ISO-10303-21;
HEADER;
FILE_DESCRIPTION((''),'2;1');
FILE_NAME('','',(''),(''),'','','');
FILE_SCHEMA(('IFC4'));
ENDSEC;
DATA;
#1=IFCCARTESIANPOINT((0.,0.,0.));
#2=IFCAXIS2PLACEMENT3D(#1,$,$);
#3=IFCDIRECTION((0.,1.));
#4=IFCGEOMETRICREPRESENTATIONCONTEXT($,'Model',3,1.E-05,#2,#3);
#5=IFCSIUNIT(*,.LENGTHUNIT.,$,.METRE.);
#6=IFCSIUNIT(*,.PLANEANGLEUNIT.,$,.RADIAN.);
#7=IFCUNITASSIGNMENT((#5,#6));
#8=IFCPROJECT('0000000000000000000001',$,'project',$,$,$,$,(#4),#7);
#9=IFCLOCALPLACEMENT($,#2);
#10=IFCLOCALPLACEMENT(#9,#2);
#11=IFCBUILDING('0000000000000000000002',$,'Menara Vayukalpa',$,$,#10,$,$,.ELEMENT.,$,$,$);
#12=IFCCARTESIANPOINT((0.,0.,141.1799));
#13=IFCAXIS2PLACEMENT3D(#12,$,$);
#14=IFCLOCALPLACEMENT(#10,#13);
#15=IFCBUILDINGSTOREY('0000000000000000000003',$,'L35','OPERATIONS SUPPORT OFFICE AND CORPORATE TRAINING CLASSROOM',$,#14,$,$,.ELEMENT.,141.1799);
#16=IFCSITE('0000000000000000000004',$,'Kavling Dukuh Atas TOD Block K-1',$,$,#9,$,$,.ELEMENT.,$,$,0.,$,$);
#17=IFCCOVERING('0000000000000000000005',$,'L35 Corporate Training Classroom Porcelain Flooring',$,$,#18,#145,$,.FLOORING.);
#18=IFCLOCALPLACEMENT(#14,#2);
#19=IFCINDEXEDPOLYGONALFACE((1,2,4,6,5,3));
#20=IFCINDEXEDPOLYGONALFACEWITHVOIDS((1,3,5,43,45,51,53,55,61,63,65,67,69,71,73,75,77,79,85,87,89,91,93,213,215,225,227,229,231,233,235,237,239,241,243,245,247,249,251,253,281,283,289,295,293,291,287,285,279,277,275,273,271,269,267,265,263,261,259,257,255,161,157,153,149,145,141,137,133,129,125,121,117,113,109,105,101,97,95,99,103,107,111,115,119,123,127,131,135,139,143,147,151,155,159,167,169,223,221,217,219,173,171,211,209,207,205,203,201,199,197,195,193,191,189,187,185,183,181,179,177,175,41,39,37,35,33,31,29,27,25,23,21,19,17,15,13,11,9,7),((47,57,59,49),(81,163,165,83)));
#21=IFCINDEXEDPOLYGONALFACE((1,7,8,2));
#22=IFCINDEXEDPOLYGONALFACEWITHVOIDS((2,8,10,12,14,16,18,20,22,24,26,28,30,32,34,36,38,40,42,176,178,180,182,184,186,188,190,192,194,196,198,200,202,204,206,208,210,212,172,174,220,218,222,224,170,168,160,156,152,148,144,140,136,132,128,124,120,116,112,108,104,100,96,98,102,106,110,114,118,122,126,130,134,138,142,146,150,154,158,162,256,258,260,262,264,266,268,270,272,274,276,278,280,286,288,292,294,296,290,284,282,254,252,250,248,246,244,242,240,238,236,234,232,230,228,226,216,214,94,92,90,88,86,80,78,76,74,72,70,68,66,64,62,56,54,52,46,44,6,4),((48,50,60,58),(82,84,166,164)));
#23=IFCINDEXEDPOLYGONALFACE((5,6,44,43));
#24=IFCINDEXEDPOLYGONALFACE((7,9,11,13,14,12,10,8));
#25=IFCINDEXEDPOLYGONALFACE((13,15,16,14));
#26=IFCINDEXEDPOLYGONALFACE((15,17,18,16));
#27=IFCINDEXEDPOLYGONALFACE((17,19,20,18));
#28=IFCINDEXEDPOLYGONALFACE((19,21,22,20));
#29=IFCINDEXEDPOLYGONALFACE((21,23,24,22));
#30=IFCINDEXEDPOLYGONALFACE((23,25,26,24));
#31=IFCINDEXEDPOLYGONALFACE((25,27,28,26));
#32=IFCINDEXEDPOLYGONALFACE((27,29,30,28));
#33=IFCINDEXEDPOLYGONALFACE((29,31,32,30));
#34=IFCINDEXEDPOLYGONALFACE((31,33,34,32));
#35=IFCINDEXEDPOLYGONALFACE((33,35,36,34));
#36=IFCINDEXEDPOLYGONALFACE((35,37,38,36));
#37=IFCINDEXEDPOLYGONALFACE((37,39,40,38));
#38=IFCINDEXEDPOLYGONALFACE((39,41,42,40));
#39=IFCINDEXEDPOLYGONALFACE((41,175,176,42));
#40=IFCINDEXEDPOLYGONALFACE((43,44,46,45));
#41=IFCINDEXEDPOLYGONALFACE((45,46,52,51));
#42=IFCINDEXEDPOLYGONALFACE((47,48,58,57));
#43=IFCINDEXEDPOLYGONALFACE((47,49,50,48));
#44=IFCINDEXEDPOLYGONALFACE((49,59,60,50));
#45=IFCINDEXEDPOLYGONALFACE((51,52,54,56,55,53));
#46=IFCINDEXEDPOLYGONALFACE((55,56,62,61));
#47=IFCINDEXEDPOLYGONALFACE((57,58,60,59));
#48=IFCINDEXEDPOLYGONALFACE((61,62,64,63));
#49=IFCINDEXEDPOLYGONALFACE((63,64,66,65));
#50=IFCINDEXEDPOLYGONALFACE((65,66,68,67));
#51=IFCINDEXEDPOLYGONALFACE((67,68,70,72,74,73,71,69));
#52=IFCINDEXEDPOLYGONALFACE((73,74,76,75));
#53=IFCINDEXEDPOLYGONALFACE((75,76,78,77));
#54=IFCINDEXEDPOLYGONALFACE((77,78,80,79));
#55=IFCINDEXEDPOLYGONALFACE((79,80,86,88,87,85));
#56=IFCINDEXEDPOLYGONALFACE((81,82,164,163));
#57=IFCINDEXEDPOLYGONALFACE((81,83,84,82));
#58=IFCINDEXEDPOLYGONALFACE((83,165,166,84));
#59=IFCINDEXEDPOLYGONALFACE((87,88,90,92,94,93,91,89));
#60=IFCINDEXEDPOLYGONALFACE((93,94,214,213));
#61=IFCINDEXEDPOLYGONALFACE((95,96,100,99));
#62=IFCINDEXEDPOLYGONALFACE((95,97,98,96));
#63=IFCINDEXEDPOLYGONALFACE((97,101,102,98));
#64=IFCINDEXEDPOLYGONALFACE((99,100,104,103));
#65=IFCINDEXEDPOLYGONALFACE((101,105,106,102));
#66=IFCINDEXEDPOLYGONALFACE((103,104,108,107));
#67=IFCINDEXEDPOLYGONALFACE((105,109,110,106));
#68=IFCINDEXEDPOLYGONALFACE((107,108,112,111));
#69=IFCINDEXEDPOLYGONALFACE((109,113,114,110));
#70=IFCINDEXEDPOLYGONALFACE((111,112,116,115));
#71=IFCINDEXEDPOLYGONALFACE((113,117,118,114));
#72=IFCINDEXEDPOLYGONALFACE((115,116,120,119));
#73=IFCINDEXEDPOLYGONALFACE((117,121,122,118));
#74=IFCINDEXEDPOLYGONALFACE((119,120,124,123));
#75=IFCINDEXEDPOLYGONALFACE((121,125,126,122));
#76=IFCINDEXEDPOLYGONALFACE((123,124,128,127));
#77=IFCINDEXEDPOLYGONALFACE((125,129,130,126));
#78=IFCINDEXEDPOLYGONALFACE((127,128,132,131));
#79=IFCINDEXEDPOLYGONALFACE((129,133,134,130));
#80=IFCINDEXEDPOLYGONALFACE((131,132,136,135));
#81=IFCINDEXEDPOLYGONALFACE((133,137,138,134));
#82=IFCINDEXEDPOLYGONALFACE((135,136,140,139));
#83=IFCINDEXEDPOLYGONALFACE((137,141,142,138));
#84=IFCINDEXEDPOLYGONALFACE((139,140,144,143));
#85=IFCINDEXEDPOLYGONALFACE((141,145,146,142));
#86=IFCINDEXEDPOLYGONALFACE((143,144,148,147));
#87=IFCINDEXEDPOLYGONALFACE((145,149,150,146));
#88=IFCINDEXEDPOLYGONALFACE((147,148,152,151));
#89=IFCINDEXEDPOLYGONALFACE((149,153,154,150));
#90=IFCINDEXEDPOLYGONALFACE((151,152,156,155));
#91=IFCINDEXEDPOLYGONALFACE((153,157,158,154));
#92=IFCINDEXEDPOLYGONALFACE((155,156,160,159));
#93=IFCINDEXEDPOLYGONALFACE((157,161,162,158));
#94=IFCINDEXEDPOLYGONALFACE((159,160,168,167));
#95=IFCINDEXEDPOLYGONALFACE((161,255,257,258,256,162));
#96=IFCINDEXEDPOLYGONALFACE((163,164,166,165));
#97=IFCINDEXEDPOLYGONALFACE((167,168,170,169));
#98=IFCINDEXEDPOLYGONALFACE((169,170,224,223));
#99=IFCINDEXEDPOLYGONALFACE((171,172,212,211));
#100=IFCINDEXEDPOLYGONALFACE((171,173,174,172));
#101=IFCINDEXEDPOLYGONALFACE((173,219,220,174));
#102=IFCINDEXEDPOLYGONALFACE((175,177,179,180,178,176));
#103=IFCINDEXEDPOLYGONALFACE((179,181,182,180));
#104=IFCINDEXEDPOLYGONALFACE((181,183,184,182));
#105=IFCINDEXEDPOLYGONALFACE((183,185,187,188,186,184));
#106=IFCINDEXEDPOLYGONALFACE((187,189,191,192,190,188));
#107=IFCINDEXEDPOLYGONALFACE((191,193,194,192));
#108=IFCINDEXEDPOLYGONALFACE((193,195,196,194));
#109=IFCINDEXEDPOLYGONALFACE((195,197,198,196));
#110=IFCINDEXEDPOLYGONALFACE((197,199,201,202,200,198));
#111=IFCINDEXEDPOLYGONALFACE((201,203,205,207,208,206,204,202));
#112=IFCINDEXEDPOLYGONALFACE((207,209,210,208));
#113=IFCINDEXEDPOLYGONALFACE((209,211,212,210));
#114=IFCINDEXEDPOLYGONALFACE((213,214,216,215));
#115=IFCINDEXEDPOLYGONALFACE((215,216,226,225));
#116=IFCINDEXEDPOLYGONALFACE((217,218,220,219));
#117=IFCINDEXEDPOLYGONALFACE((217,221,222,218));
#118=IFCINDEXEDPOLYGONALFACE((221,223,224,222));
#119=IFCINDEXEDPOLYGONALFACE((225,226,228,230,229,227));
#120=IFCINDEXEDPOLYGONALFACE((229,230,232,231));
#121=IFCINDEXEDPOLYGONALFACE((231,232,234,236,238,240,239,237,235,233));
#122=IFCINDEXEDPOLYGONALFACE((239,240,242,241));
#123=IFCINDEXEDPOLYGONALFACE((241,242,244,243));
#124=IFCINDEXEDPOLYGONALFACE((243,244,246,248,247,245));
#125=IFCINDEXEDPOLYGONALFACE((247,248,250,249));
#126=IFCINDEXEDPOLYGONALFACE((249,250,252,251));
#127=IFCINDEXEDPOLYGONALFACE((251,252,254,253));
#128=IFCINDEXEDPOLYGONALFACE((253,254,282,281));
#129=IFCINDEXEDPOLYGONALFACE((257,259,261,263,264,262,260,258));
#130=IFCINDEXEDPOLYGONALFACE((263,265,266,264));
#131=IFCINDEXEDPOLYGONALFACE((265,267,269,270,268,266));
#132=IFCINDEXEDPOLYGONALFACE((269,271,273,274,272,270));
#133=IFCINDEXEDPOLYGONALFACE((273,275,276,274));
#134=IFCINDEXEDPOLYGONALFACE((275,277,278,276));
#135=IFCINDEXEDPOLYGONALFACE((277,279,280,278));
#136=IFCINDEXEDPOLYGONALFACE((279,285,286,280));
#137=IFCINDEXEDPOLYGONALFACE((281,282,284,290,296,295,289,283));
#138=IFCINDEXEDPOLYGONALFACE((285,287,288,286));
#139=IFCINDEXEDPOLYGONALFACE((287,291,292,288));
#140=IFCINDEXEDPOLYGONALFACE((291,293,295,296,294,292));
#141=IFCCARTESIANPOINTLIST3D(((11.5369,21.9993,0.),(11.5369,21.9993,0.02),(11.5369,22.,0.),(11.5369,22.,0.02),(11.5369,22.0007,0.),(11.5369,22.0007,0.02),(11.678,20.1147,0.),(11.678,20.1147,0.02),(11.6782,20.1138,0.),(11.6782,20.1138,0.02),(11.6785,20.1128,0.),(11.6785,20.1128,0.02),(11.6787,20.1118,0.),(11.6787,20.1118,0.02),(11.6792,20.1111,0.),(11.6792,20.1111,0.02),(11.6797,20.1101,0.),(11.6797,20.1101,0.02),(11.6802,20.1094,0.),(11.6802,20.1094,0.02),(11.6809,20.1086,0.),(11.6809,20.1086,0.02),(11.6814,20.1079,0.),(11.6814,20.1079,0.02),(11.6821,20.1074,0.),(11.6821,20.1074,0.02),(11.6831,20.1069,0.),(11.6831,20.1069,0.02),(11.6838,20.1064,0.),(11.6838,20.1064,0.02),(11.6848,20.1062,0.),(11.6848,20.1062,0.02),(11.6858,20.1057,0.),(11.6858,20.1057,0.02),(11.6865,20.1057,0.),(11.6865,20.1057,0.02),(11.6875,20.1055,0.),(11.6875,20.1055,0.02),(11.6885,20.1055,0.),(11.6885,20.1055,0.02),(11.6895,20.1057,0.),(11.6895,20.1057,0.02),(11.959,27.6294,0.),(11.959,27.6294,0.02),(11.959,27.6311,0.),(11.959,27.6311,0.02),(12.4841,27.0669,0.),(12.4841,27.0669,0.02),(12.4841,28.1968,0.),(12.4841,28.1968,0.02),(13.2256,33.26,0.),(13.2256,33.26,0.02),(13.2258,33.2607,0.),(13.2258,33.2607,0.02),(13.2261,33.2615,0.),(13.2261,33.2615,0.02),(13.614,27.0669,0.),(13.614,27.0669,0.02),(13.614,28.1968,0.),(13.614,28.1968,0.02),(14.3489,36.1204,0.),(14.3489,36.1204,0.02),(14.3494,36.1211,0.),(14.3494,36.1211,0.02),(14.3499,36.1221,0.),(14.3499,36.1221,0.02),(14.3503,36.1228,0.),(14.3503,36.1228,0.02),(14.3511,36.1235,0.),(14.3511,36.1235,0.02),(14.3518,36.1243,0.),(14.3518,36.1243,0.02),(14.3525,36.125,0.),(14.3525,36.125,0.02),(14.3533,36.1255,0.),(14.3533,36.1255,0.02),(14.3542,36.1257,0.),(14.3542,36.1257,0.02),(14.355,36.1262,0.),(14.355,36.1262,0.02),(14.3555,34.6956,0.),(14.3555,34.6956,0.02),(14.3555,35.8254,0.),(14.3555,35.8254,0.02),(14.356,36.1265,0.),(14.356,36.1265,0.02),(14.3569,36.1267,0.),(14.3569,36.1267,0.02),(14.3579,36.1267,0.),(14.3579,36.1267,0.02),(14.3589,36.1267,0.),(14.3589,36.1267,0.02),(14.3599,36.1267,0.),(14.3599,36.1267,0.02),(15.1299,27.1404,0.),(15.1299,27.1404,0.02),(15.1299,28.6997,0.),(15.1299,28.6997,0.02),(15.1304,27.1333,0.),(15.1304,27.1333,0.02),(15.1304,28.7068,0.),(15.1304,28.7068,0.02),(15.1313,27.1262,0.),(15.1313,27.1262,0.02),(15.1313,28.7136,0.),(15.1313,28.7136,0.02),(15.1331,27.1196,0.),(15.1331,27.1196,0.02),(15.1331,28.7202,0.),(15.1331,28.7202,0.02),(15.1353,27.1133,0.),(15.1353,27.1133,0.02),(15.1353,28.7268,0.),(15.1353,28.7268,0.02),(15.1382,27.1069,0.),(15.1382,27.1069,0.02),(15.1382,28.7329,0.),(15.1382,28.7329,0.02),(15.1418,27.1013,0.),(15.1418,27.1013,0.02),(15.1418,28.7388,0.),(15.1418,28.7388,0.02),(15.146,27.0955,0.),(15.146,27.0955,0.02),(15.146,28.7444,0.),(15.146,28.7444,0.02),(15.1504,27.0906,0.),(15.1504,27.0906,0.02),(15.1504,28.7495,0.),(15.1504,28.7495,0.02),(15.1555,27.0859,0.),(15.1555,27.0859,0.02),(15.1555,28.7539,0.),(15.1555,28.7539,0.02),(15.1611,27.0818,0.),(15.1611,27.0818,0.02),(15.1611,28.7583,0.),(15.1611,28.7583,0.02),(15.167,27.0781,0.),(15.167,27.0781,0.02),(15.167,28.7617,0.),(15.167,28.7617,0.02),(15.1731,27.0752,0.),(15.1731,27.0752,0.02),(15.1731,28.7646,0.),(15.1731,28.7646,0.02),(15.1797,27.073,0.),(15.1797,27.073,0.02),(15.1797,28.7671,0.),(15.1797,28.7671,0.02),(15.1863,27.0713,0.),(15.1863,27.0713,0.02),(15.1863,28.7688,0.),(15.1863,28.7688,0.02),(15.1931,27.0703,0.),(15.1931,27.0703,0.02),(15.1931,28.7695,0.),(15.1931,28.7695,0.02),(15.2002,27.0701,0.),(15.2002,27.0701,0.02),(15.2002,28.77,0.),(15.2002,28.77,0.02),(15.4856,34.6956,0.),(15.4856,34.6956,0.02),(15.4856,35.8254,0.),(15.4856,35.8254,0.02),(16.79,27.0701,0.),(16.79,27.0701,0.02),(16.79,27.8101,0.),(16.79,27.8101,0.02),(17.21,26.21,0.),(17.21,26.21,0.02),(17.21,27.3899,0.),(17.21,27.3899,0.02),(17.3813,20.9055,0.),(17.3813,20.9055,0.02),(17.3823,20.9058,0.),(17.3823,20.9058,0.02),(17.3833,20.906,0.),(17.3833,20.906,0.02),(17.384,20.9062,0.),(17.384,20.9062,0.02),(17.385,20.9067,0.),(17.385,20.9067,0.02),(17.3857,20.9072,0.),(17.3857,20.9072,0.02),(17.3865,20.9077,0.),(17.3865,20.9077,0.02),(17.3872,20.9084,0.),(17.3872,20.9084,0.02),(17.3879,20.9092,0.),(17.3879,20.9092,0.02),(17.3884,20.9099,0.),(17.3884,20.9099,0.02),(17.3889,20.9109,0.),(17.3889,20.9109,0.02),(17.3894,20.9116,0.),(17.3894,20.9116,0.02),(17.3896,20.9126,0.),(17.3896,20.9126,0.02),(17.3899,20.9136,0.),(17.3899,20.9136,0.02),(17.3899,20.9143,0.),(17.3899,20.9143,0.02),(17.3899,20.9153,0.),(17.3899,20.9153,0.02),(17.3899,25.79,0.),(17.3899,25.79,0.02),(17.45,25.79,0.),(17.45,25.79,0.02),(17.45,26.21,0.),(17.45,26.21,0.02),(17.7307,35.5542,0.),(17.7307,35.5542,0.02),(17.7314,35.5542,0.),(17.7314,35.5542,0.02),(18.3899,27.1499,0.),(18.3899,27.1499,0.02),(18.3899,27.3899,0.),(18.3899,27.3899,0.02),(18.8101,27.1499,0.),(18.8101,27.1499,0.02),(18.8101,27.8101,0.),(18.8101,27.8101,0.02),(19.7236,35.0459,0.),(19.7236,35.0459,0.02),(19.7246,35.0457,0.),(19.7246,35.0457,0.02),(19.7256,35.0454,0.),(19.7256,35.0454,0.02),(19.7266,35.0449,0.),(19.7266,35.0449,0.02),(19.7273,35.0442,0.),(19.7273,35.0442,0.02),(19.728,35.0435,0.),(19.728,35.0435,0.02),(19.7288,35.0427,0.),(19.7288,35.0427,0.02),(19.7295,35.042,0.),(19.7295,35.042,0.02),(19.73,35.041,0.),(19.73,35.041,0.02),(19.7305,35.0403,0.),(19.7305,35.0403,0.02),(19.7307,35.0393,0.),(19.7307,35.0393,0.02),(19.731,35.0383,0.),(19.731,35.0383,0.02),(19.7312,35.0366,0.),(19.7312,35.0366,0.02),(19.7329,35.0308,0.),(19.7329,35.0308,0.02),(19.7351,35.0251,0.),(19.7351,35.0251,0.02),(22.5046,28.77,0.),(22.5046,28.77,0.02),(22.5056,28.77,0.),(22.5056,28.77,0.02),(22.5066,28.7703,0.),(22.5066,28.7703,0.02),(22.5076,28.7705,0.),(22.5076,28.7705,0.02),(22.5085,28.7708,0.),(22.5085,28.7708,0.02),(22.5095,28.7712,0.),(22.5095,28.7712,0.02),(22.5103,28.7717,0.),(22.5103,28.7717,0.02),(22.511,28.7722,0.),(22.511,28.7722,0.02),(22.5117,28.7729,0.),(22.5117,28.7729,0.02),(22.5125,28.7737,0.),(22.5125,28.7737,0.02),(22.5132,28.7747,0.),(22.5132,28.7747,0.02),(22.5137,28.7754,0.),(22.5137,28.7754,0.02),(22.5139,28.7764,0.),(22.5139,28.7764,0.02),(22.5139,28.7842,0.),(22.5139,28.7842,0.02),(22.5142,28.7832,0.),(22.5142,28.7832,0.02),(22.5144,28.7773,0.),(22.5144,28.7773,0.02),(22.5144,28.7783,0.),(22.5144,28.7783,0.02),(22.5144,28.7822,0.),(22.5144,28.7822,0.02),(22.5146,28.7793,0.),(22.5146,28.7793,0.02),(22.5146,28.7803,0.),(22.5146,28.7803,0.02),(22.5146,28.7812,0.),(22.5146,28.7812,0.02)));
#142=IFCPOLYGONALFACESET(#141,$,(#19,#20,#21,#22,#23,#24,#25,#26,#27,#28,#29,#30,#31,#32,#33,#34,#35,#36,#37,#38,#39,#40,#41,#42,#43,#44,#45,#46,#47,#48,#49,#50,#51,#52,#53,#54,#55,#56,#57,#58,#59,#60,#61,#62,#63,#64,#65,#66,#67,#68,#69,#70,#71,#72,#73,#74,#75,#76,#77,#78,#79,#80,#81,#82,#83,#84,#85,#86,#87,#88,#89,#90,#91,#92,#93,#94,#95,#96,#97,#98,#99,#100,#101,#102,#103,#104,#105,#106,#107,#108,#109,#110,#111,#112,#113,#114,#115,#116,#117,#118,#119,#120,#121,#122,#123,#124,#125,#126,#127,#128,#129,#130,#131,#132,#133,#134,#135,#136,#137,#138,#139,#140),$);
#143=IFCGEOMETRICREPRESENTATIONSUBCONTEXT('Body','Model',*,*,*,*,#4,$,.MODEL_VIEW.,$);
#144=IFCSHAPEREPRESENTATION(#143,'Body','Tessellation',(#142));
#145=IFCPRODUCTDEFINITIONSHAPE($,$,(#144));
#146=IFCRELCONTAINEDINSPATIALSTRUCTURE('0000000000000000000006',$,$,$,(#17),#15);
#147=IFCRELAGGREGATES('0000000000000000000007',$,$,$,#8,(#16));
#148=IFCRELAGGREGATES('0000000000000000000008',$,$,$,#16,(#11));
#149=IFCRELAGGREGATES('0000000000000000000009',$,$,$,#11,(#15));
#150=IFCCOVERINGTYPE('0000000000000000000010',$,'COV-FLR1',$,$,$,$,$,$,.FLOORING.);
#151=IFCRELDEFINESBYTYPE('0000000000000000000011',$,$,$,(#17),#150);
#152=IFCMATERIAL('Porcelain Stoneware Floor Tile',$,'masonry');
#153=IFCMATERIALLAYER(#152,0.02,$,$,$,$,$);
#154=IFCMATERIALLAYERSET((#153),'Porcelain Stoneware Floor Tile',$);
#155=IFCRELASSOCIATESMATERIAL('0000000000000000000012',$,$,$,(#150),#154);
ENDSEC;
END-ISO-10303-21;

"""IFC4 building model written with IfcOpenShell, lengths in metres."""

from ifc_helpers import new_model, si_unit, direction, frame, origin, place, context, subcontext, project, spatial, polyline, outline, extrude, material, layer, layer_set, type_object, element, save


model = new_model("IFC4")

# Units and contexts
model_context = context("Model", 3, precision=1e-05, world=origin(), true_north=direction((0.0, 1.0)))
body_context = subcontext(model_context, "Body", "Model", "MODEL_VIEW")
ifc_project = project(units=[si_unit("LENGTHUNIT", "METRE"), si_unit("PLANEANGLEUNIT", "RADIAN")], contexts=[model_context])

# Site, building, storey
site_placement = place(None, origin())
site = spatial("IfcSite", under=ifc_project, at=site_placement, Name="Kavling Dukuh Atas TOD Block K-1", CompositionType="ELEMENT", RefElevation=0.0)
building_placement = place(site_placement, origin())
building = spatial("IfcBuilding", under=site, at=building_placement, Name="Menara Vayukalpa", CompositionType="ELEMENT")
storey_placement = place(building_placement, frame((0.0, 0.0, 141.1799)))
storey = spatial("IfcBuildingStorey", under=building, at=storey_placement, Name="L35", Description="OPERATIONS SUPPORT OFFICE AND CORPORATE TRAINING CLASSROOM", CompositionType="ELEMENT", Elevation=141.1799)

# Covering
ifc_material_1 = material(Name="Porcelain Stoneware Floor Tile", Category="masonry")
ifc_layer_1 = layer(ifc_material_1, 0.02)
ifc_layer_set_1 = layer_set([ifc_layer_1], Name="Porcelain Stoneware Floor Tile")
covering_type_1 = type_object("IfcCoveringType", Name="COV-FLR1", PredefinedType="FLOORING", material=ifc_layer_set_1)
covering_1_placement = place(storey_placement, origin())
element("IfcCovering", 1, at=covering_1_placement, inside=storey, type_object=covering_type_1, Name="L35 Corporate Training Classroom Porcelain Flooring", PredefinedType="FLOORING", context=body_context, shape_type="SweptSolid", body=[
    extrude(outline(polyline([(18.8101, 27.1499), (18.3899, 27.1499), (18.3899, 27.3899), (17.21, 27.3899), (17.21, 26.21), (17.45, 26.21), (17.45, 25.79), (17.3899, 25.79), (17.3899, 20.9153), (17.3899, 20.9143), (17.3899, 20.9136), (17.3896, 20.9126), (17.3894, 20.9116), (17.3889, 20.9109), (17.3884, 20.9099), (17.3879, 20.9092), (17.3872, 20.9084), (17.3865, 20.9077), (17.3857, 20.9072), (17.385, 20.9067), (17.384, 20.9062), (17.3833, 20.906), (17.3823, 20.9058), (17.3813, 20.9055), (11.6895, 20.1057), (11.6885, 20.1055), (11.6875, 20.1055), (11.6865, 20.1057), (11.6858, 20.1057), (11.6848, 20.1062), (11.6838, 20.1064), (11.6831, 20.1069), (11.6821, 20.1074), (11.6814, 20.1079), (11.6809, 20.1086), (11.6802, 20.1094), (11.6797, 20.1101), (11.6792, 20.1111), (11.6787, 20.1118), (11.6785, 20.1128), (11.6782, 20.1138), (11.678, 20.1147), (11.5369, 21.9993), (11.5369, 22.0), (11.5369, 22.0007), (11.959, 27.6294), (11.959, 27.6311), (13.2256, 33.26), (13.2258, 33.2607), (13.2261, 33.2615), (14.3489, 36.1204), (14.3494, 36.1211), (14.3499, 36.1221), (14.3503, 36.1228), (14.3511, 36.1235), (14.3518, 36.1243), (14.3525, 36.125), (14.3533, 36.1255), (14.3542, 36.1257), (14.355, 36.1262), (14.356, 36.1265), (14.3569, 36.1267), (14.3579, 36.1267), (14.3589, 36.1267), (14.3599, 36.1267), (17.7307, 35.5542), (17.7314, 35.5542), (19.7236, 35.0459), (19.7246, 35.0457), (19.7256, 35.0454), (19.7266, 35.0449), (19.7273, 35.0442), (19.728, 35.0435), (19.7288, 35.0427), (19.7295, 35.042), (19.73, 35.041), (19.7305, 35.0403), (19.7307, 35.0393), (19.731, 35.0383), (19.7312, 35.0366), (19.7329, 35.0308), (19.7351, 35.0251), (22.5139, 28.7842), (22.5142, 28.7832), (22.5144, 28.7822), (22.5146, 28.7812), (22.5146, 28.7803), (22.5146, 28.7793), (22.5144, 28.7783), (22.5144, 28.7773), (22.5139, 28.7764), (22.5137, 28.7754), (22.5132, 28.7747), (22.5125, 28.7737), (22.5117, 28.7729), (22.511, 28.7722), (22.5103, 28.7717), (22.5095, 28.7712), (22.5085, 28.7708), (22.5076, 28.7705), (22.5066, 28.7703), (22.5056, 28.77), (22.5046, 28.77), (15.2002, 28.77), (15.1931, 28.7695), (15.1863, 28.7688), (15.1797, 28.7671), (15.1731, 28.7646), (15.167, 28.7617), (15.1611, 28.7583), (15.1555, 28.7539), (15.1504, 28.7495), (15.146, 28.7444), (15.1418, 28.7388), (15.1382, 28.7329), (15.1353, 28.7268), (15.1331, 28.7202), (15.1313, 28.7136), (15.1304, 28.7068), (15.1299, 28.6997), (15.1299, 27.1404), (15.1304, 27.1333), (15.1313, 27.1262), (15.1331, 27.1196), (15.1353, 27.1133), (15.1382, 27.1069), (15.1418, 27.1013), (15.146, 27.0955), (15.1504, 27.0906), (15.1555, 27.0859), (15.1611, 27.0818), (15.167, 27.0781), (15.1731, 27.0752), (15.1797, 27.073), (15.1863, 27.0713), (15.1931, 27.0703), (15.2002, 27.0701), (16.79, 27.0701), (16.79, 27.8101), (18.8101, 27.8101), (18.8101, 27.1499)]), holes=[polyline([(13.614, 28.1968), (12.4841, 28.1968), (12.4841, 27.0669), (13.614, 27.0669), (13.614, 28.1968)]), polyline([(15.4856, 35.8254), (14.3555, 35.8254), (14.3555, 34.6956), (15.4856, 34.6956), (15.4856, 35.8254)])]), origin(), (0.0, 0.0, 1.0), 0.02),
])

save(model, "model.ifc")
